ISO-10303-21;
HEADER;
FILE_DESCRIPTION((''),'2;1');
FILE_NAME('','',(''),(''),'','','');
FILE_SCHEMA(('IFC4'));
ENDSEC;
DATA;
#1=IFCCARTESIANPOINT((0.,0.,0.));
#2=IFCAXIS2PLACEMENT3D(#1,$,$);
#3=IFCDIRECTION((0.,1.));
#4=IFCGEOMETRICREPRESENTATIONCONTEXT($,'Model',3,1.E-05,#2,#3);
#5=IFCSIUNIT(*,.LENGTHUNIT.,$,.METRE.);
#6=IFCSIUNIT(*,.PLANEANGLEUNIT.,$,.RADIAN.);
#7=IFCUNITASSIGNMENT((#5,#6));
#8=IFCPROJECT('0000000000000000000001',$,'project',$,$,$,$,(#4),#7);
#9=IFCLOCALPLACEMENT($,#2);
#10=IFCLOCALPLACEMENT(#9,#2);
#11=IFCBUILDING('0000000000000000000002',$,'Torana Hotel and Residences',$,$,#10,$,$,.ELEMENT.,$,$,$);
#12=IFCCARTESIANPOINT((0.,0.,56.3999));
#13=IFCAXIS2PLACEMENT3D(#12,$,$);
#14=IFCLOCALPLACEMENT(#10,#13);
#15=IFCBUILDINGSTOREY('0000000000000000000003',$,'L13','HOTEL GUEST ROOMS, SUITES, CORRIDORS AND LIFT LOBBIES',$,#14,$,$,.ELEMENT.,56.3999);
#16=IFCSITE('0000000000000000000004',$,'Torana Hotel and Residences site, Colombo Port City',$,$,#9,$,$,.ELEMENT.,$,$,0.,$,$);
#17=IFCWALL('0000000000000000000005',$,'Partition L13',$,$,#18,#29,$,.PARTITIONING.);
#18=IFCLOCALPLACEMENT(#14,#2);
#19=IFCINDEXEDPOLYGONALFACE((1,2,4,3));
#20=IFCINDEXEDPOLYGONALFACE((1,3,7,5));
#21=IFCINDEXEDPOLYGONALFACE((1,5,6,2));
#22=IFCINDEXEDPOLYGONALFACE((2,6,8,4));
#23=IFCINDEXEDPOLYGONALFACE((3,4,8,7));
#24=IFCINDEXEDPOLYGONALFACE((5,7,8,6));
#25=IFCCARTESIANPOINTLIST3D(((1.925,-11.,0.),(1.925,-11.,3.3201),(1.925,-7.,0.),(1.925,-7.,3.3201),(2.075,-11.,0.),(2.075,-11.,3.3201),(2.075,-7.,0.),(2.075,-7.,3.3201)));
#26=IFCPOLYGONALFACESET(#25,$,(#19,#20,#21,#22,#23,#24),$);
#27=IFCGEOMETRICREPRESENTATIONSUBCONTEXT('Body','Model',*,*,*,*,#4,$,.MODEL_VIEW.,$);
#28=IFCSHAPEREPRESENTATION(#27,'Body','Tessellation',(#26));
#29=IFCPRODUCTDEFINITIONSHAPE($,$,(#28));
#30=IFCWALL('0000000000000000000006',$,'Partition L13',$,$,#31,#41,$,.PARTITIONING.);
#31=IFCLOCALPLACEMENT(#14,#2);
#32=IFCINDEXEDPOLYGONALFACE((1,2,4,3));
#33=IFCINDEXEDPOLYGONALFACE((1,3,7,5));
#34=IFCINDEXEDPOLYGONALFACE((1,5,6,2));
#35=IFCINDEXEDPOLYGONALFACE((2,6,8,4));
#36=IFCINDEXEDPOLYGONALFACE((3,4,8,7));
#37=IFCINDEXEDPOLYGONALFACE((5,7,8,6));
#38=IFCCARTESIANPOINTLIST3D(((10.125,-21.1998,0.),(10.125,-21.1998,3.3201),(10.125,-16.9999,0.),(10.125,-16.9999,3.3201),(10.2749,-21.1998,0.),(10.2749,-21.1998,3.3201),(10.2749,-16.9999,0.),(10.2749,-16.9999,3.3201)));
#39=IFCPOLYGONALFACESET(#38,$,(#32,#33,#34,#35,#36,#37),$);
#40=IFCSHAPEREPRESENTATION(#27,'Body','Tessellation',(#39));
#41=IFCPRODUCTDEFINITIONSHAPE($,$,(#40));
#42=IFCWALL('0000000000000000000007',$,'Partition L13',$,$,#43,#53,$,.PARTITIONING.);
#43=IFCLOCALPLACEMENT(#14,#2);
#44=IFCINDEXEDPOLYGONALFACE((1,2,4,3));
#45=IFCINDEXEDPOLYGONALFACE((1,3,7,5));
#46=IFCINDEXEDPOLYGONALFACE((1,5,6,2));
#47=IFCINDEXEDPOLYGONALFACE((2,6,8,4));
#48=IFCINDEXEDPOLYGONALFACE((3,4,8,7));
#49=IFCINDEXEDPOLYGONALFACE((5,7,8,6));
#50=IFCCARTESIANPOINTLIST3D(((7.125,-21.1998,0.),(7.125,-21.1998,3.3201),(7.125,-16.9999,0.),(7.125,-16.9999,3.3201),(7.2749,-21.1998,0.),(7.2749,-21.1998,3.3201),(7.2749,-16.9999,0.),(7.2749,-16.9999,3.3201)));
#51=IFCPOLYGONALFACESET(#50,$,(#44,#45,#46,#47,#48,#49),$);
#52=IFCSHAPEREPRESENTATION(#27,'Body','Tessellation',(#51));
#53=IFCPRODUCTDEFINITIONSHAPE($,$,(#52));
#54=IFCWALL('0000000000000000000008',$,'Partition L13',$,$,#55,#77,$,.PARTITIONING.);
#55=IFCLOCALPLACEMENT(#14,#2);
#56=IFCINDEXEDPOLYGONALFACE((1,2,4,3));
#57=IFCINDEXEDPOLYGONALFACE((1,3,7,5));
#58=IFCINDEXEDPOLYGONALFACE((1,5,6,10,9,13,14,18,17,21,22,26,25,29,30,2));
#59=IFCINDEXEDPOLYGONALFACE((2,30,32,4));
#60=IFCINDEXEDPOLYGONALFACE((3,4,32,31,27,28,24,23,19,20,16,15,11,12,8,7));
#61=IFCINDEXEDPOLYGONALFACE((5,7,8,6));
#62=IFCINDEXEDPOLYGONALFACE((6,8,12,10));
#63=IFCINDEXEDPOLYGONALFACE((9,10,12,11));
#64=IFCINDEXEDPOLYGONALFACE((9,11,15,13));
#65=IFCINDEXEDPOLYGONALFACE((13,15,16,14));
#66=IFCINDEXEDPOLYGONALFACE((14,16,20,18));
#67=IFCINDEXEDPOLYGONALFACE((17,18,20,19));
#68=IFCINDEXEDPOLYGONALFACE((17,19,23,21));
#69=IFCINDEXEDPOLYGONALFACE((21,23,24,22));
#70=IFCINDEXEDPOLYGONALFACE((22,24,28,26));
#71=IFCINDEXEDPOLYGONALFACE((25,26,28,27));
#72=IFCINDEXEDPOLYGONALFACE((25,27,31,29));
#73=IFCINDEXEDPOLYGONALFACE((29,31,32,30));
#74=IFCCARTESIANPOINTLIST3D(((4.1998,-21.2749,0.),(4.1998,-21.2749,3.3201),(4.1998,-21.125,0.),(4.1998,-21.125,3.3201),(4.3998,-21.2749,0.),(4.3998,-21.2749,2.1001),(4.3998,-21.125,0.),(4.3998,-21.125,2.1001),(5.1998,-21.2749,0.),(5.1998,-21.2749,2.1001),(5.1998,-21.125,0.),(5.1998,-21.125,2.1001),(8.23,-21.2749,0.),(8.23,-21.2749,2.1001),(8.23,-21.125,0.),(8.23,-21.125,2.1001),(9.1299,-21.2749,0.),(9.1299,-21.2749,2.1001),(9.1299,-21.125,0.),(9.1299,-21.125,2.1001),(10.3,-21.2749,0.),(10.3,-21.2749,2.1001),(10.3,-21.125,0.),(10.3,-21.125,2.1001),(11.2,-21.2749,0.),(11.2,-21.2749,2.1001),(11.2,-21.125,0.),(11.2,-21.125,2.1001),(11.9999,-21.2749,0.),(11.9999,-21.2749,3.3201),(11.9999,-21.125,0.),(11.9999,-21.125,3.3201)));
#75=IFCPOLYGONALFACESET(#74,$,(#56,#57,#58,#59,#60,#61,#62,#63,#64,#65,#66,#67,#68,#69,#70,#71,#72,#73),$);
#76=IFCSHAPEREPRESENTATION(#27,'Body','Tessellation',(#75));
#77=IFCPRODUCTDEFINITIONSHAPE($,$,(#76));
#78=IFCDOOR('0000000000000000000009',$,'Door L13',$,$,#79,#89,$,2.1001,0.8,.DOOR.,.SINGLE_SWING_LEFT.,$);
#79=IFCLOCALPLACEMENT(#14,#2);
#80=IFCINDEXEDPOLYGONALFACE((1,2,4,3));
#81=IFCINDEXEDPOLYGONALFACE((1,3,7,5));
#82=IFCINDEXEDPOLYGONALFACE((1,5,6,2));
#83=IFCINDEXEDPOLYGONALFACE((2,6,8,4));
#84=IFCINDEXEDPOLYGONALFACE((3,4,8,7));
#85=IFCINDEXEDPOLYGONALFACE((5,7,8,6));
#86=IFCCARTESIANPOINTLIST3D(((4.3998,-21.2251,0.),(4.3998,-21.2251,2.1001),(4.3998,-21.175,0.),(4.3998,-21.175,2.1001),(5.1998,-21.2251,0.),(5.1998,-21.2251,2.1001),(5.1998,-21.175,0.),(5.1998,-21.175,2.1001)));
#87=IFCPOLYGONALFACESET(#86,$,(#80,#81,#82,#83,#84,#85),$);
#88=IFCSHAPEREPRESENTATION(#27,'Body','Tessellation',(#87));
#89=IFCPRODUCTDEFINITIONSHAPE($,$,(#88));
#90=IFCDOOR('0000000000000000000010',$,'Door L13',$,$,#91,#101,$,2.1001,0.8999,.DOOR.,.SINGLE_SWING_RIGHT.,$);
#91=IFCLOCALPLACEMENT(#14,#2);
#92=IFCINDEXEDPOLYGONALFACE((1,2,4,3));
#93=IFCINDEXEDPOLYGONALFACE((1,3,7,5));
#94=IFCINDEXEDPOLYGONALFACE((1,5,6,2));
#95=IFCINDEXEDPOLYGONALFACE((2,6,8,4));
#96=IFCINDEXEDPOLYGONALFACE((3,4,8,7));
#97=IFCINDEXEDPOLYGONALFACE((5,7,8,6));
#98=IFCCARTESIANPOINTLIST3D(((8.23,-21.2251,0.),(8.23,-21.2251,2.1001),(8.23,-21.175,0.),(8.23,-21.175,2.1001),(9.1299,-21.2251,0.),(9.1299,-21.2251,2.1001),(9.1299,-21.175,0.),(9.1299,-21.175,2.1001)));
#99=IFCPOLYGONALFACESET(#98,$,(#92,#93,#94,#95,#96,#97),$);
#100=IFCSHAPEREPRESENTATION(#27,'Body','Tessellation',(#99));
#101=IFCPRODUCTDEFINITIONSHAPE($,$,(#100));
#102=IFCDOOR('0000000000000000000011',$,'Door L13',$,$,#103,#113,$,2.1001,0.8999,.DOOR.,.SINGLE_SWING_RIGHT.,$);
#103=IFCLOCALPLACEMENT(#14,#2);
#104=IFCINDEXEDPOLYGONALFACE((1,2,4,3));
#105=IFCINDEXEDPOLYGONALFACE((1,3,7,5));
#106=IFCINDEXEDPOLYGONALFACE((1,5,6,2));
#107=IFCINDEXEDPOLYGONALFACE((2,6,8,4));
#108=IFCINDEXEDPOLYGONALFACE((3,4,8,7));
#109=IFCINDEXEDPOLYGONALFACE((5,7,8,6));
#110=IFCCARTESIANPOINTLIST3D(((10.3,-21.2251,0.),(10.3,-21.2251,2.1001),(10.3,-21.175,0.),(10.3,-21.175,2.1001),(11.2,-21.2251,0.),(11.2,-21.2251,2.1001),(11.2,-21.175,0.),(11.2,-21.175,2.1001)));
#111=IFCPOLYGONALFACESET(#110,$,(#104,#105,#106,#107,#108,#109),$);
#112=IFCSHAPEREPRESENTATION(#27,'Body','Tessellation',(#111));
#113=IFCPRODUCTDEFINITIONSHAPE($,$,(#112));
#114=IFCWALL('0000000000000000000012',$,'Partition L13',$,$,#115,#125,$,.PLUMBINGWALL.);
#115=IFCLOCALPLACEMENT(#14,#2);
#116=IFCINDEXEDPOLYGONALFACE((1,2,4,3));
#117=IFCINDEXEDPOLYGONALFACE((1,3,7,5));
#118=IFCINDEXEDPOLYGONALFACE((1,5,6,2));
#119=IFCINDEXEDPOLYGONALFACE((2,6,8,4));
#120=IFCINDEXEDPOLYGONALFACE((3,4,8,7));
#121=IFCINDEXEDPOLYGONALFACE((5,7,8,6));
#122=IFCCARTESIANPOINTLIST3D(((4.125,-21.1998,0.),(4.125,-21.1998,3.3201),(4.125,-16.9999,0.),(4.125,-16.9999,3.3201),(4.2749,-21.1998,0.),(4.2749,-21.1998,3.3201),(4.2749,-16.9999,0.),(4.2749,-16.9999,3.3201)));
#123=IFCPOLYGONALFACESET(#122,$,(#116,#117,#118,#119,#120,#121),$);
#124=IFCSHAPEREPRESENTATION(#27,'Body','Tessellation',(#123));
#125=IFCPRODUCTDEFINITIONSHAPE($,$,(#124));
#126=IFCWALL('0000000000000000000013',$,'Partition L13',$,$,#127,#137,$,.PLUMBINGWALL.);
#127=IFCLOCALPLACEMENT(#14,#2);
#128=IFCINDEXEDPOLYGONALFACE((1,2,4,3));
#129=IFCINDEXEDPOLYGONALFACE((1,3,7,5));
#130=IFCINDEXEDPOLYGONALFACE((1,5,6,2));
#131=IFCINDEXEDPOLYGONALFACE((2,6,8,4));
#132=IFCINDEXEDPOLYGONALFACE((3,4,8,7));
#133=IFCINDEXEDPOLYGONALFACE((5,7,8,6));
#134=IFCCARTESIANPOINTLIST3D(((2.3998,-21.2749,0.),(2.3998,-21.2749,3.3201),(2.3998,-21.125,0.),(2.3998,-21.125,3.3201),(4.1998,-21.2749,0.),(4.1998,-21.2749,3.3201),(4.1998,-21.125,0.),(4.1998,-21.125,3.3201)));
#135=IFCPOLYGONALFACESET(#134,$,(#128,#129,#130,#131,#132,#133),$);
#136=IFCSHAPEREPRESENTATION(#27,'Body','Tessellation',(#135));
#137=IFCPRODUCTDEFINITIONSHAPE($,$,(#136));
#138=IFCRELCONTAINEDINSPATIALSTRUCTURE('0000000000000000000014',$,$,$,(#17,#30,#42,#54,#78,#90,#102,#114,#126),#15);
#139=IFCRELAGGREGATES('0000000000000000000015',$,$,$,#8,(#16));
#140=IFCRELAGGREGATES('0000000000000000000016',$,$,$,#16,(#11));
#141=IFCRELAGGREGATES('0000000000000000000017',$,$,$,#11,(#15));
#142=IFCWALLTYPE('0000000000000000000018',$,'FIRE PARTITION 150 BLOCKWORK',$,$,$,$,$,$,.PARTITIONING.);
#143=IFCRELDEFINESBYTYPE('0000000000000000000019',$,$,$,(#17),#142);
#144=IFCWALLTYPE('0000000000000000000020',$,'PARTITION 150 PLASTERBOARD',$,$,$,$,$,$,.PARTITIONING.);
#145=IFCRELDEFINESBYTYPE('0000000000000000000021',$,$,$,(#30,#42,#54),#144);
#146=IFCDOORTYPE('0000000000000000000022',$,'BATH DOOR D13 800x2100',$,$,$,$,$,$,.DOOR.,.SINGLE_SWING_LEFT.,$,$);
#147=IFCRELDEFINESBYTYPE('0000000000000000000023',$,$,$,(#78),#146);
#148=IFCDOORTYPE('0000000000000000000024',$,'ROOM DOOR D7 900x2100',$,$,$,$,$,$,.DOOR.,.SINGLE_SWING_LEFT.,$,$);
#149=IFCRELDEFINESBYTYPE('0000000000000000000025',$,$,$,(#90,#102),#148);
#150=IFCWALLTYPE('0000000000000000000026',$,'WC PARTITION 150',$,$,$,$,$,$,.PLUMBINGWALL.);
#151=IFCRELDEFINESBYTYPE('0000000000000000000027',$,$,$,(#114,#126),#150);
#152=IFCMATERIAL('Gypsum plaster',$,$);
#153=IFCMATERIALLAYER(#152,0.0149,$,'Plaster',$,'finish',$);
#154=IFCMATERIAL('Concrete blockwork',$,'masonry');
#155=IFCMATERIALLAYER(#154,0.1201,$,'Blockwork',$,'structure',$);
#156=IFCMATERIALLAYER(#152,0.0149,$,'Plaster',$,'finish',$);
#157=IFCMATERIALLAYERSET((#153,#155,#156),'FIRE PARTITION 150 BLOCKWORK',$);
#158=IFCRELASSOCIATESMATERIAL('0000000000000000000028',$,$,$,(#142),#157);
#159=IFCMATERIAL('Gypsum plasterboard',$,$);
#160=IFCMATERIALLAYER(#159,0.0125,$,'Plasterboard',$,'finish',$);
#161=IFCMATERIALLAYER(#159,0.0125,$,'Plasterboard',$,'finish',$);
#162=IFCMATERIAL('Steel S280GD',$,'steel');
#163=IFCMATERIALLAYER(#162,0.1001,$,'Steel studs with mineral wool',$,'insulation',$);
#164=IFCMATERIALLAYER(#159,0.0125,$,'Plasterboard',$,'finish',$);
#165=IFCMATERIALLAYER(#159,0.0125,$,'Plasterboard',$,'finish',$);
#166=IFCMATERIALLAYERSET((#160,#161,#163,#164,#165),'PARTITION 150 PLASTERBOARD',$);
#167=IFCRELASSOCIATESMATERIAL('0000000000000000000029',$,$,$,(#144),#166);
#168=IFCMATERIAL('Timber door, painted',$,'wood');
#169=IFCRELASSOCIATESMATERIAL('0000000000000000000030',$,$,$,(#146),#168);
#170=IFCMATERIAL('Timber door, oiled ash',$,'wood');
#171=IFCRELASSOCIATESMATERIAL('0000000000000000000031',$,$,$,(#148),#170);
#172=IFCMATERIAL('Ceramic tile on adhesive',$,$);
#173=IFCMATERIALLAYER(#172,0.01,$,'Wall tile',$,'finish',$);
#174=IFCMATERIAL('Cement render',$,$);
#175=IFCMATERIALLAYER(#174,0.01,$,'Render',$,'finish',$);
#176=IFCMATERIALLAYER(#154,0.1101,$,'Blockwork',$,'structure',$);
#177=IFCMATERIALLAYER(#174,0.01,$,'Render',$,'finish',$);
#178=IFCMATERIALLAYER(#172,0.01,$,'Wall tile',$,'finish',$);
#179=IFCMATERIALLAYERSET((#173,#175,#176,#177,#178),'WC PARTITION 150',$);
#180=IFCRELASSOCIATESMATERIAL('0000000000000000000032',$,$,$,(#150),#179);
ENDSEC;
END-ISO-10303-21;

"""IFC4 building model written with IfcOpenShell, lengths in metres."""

from ifc_helpers import new_model, si_unit, direction, frame, frame_2d, origin, place, context, subcontext, project, spatial, rectangle, extrude, material, layer, layer_set, type_object, element, fill, save


model = new_model("IFC4")

# Units and contexts
model_context = context("Model", 3, precision=1e-05, world=origin(), true_north=direction((0.0, 1.0)))
body_context = subcontext(model_context, "Body", "Model", "MODEL_VIEW")
ifc_project = project(units=[si_unit("LENGTHUNIT", "METRE"), si_unit("PLANEANGLEUNIT", "RADIAN")], contexts=[model_context])

# Site, building, storey
site_placement = place(None, origin())
site = spatial("IfcSite", under=ifc_project, at=site_placement, Name="Torana Hotel and Residences site, Colombo Port City", CompositionType="ELEMENT", RefElevation=0.0)
building_placement = place(site_placement, origin())
building = spatial("IfcBuilding", under=site, at=building_placement, Name="Torana Hotel and Residences", CompositionType="ELEMENT")
storey_placement = place(building_placement, frame((0.0, 0.0, 56.3999)))
storey = spatial("IfcBuildingStorey", under=building, at=storey_placement, Name="L13", Description="HOTEL GUEST ROOMS, SUITES, CORRIDORS AND LIFT LOBBIES", CompositionType="ELEMENT", Elevation=56.3999)

# Shared definitions
ifc_material_1 = material(Name="Gypsum plaster")
ifc_layer_1 = layer(ifc_material_1, 0.0149, Name="Plaster", Category="finish")
ifc_material_2 = material(Name="Concrete blockwork", Category="masonry")
ifc_layer_2 = layer(ifc_material_2, 0.1201, Name="Blockwork", Category="structure")
ifc_layer_3 = layer(ifc_material_1, 0.0149, Name="Plaster", Category="finish")
ifc_layer_set_1 = layer_set([ifc_layer_1, ifc_layer_2, ifc_layer_3], Name="FIRE PARTITION 150 BLOCKWORK")
wall_type_1 = type_object("IfcWallType", Name="FIRE PARTITION 150 BLOCKWORK", PredefinedType="PARTITIONING", material=ifc_layer_set_1)

# Walls
wall_1_placement = place(storey_placement, frame((2.0, -11.0, 0.0), z_axis=(0.0, 0.0, 1.0), x_axis=(0.0, 1.0, 0.0)))
element("IfcWall", 1, at=wall_1_placement, inside=storey, type_object=wall_type_1, Name="Partition L13", PredefinedType="PARTITIONING", context=body_context, shape_type="SweptSolid", body=[
    extrude(rectangle(XDim=4.0, YDim=0.1499, at=frame_2d((2.0, 0.0))), origin(), (0.0, 0.0, 1.0), 3.3201),
])
ifc_material_3 = material(Name="Gypsum plasterboard")
ifc_layer_4 = layer(ifc_material_3, 0.0125, Name="Plasterboard", Category="finish")
ifc_layer_5 = layer(ifc_material_3, 0.0125, Name="Plasterboard", Category="finish")
ifc_material_4 = material(Name="Steel S280GD", Category="steel")
ifc_layer_6 = layer(ifc_material_4, 0.1001, Name="Steel studs with mineral wool", Category="insulation")
ifc_layer_7 = layer(ifc_material_3, 0.0125, Name="Plasterboard", Category="finish")
ifc_layer_8 = layer(ifc_material_3, 0.0125, Name="Plasterboard", Category="finish")
ifc_layer_set_2 = layer_set([ifc_layer_4, ifc_layer_5, ifc_layer_6, ifc_layer_7, ifc_layer_8], Name="PARTITION 150 PLASTERBOARD")
wall_type_2 = type_object("IfcWallType", Name="PARTITION 150 PLASTERBOARD", PredefinedType="PARTITIONING", material=ifc_layer_set_2)
for number, where, z_axis, x_axis, name in (
    (2, (10.2, -21.2, 0.0), (0.0, 0.0, 1.0), (0.0, 1.0, 0.0), "Partition L13"),
    (3, (7.2, -21.2, 0.0), (0.0, 0.0, 1.0), (0.0, 1.0, 0.0), "Partition L13"),
):
    element("IfcWall", number, at=place(storey_placement, frame(where, z_axis=z_axis, x_axis=x_axis)), inside=storey, type_object=wall_type_2, Name=name, PredefinedType="PARTITIONING", context=body_context, shape_type="SweptSolid", body=[
        extrude(rectangle(XDim=4.2, YDim=0.1499, at=frame_2d((2.1001, 0.0))), origin(), (0.0, 0.0, 1.0), 3.3201),
    ])

# Wall, openings, doors
wall_2_placement = place(storey_placement, frame((4.2, -21.2, 0.0), z_axis=(0.0, 0.0, 1.0), x_axis=(1.0, 0.0, 0.0)))
wall_2 = element("IfcWall", 4, at=wall_2_placement, inside=storey, type_object=wall_type_2, Name="Partition L13", PredefinedType="PARTITIONING", context=body_context, shape_type="SweptSolid", body=[
    extrude(rectangle(XDim=7.8, YDim=0.1499, at=frame_2d((3.8999, 0.0))), origin(), (0.0, 0.0, 1.0), 3.3201),
])
opening_1_placement = place(wall_2_placement, frame((0.2, 0.0, 0.0)))
opening_1 = element("IfcOpeningElement", 5, at=opening_1_placement, cuts=wall_2, PredefinedType="OPENING", context=body_context, shape_type="SweptSolid", body=[
    extrude(rectangle(XDim=0.8, YDim=2.1001, at=frame_2d((0.3999, 1.05))), frame((0.0, 0.085, 0.0), z_axis=(0.0, -1.0, 0.0), x_axis=(1.0, 0.0, 0.0)), (0.0, 0.0, 1.0), 0.1699),
])
opening_2_placement = place(wall_2_placement, frame((4.03, 0.0, 0.0)))
opening_2 = element("IfcOpeningElement", 6, at=opening_2_placement, cuts=wall_2, PredefinedType="OPENING", context=body_context, shape_type="SweptSolid", body=[
    extrude(rectangle(XDim=0.8999, YDim=2.1001, at=frame_2d((0.45, 1.05))), frame((0.0, 0.085, 0.0), z_axis=(0.0, -1.0, 0.0), x_axis=(1.0, 0.0, 0.0)), (0.0, 0.0, 1.0), 0.1699),
])
opening_3_placement = place(wall_2_placement, frame((6.1001, 0.0, 0.0)))
opening_3 = element("IfcOpeningElement", 7, at=opening_3_placement, cuts=wall_2, PredefinedType="OPENING", context=body_context, shape_type="SweptSolid", body=[
    extrude(rectangle(XDim=0.8999, YDim=2.1001, at=frame_2d((0.45, 1.05))), frame((0.0, 0.085, 0.0), z_axis=(0.0, -1.0, 0.0), x_axis=(1.0, 0.0, 0.0)), (0.0, 0.0, 1.0), 0.1699),
])
ifc_material_5 = material(Name="Timber door, painted", Category="wood")
door_type_1 = type_object("IfcDoorType", Name="BATH DOOR D13 800x2100", OperationType="SINGLE_SWING_LEFT", PredefinedType="DOOR", material=ifc_material_5)
door_1_placement = place(opening_1_placement, origin())
door_1 = element("IfcDoor", 8, at=door_1_placement, inside=storey, type_object=door_type_1, Name="Door L13", OperationType="SINGLE_SWING_LEFT", OverallHeight=2.1001, OverallWidth=0.8, PredefinedType="DOOR", context=body_context, shape_type="SweptSolid", body=[
    extrude(rectangle(XDim=0.8, YDim=2.1001, at=frame_2d((0.3999, 1.05))), frame((0.0, 0.0249, 0.0), z_axis=(0.0, -1.0, 0.0), x_axis=(1.0, 0.0, 0.0)), (0.0, 0.0, 1.0), 0.05),
])
fill(opening_1, door_1)
ifc_material_6 = material(Name="Timber door, oiled ash", Category="wood")
door_type_2 = type_object("IfcDoorType", Name="ROOM DOOR D7 900x2100", OperationType="SINGLE_SWING_LEFT", PredefinedType="DOOR", material=ifc_material_6)
door_2_placement = place(opening_2_placement, origin())
door_2 = element("IfcDoor", 9, at=door_2_placement, inside=storey, type_object=door_type_2, Name="Door L13", OperationType="SINGLE_SWING_RIGHT", OverallHeight=2.1001, OverallWidth=0.8999, PredefinedType="DOOR", context=body_context, shape_type="SweptSolid", body=[
    extrude(rectangle(XDim=0.8999, YDim=2.1001, at=frame_2d((0.45, 1.05))), frame((0.0, 0.0249, 0.0), z_axis=(0.0, -1.0, 0.0), x_axis=(1.0, 0.0, 0.0)), (0.0, 0.0, 1.0), 0.05),
])
fill(opening_2, door_2)
door_3_placement = place(opening_3_placement, frame((0.45, 0.0, 0.0), z_axis=(0.0, 0.0, 1.0), x_axis=(-1.0, 0.0, 0.0)))
door_3 = element("IfcDoor", 10, at=door_3_placement, inside=storey, type_object=door_type_2, Name="Door L13", OperationType="SINGLE_SWING_RIGHT", OverallHeight=2.1001, OverallWidth=0.8999, PredefinedType="DOOR", context=body_context, shape_type="SweptSolid", body=[
    extrude(rectangle(XDim=0.8999, YDim=2.1001, at=frame_2d((0.0, 1.05))), frame((0.0, -0.0249, 0.0), z_axis=(0.0, 1.0, 0.0), x_axis=(-1.0, 0.0, 0.0)), (0.0, 0.0, 1.0), 0.05),
])
fill(opening_3, door_3)

# Walls
ifc_material_7 = material(Name="Ceramic tile on adhesive")
ifc_layer_9 = layer(ifc_material_7, 0.01, Name="Wall tile", Category="finish")
ifc_material_8 = material(Name="Cement render")
ifc_layer_10 = layer(ifc_material_8, 0.01, Name="Render", Category="finish")
ifc_layer_11 = layer(ifc_material_2, 0.1101, Name="Blockwork", Category="structure")
ifc_layer_12 = layer(ifc_material_8, 0.01, Name="Render", Category="finish")
ifc_layer_13 = layer(ifc_material_7, 0.01, Name="Wall tile", Category="finish")
ifc_layer_set_3 = layer_set([ifc_layer_9, ifc_layer_10, ifc_layer_11, ifc_layer_12, ifc_layer_13], Name="WC PARTITION 150")
wall_type_3 = type_object("IfcWallType", Name="WC PARTITION 150", PredefinedType="PLUMBINGWALL", material=ifc_layer_set_3)
wall_3_placement = place(storey_placement, frame((4.2, -21.2, 0.0), z_axis=(0.0, 0.0, 1.0), x_axis=(0.0, 1.0, 0.0)))
element("IfcWall", 11, at=wall_3_placement, inside=storey, type_object=wall_type_3, Name="Partition L13", PredefinedType="PLUMBINGWALL", context=body_context, shape_type="SweptSolid", body=[
    extrude(rectangle(XDim=4.2, YDim=0.1499, at=frame_2d((2.1001, 0.0))), origin(), (0.0, 0.0, 1.0), 3.3201),
])
wall_4_placement = place(storey_placement, frame((2.3999, -21.2, 0.0), z_axis=(0.0, 0.0, 1.0), x_axis=(1.0, 0.0, 0.0)))
element("IfcWall", 12, at=wall_4_placement, inside=storey, type_object=wall_type_3, Name="Partition L13", PredefinedType="PLUMBINGWALL", context=body_context, shape_type="SweptSolid", body=[
    extrude(rectangle(XDim=1.8, YDim=0.1499, at=frame_2d((0.8999, 0.0))), origin(), (0.0, 0.0, 1.0), 3.3201),
])

save(model, "model.ifc")
